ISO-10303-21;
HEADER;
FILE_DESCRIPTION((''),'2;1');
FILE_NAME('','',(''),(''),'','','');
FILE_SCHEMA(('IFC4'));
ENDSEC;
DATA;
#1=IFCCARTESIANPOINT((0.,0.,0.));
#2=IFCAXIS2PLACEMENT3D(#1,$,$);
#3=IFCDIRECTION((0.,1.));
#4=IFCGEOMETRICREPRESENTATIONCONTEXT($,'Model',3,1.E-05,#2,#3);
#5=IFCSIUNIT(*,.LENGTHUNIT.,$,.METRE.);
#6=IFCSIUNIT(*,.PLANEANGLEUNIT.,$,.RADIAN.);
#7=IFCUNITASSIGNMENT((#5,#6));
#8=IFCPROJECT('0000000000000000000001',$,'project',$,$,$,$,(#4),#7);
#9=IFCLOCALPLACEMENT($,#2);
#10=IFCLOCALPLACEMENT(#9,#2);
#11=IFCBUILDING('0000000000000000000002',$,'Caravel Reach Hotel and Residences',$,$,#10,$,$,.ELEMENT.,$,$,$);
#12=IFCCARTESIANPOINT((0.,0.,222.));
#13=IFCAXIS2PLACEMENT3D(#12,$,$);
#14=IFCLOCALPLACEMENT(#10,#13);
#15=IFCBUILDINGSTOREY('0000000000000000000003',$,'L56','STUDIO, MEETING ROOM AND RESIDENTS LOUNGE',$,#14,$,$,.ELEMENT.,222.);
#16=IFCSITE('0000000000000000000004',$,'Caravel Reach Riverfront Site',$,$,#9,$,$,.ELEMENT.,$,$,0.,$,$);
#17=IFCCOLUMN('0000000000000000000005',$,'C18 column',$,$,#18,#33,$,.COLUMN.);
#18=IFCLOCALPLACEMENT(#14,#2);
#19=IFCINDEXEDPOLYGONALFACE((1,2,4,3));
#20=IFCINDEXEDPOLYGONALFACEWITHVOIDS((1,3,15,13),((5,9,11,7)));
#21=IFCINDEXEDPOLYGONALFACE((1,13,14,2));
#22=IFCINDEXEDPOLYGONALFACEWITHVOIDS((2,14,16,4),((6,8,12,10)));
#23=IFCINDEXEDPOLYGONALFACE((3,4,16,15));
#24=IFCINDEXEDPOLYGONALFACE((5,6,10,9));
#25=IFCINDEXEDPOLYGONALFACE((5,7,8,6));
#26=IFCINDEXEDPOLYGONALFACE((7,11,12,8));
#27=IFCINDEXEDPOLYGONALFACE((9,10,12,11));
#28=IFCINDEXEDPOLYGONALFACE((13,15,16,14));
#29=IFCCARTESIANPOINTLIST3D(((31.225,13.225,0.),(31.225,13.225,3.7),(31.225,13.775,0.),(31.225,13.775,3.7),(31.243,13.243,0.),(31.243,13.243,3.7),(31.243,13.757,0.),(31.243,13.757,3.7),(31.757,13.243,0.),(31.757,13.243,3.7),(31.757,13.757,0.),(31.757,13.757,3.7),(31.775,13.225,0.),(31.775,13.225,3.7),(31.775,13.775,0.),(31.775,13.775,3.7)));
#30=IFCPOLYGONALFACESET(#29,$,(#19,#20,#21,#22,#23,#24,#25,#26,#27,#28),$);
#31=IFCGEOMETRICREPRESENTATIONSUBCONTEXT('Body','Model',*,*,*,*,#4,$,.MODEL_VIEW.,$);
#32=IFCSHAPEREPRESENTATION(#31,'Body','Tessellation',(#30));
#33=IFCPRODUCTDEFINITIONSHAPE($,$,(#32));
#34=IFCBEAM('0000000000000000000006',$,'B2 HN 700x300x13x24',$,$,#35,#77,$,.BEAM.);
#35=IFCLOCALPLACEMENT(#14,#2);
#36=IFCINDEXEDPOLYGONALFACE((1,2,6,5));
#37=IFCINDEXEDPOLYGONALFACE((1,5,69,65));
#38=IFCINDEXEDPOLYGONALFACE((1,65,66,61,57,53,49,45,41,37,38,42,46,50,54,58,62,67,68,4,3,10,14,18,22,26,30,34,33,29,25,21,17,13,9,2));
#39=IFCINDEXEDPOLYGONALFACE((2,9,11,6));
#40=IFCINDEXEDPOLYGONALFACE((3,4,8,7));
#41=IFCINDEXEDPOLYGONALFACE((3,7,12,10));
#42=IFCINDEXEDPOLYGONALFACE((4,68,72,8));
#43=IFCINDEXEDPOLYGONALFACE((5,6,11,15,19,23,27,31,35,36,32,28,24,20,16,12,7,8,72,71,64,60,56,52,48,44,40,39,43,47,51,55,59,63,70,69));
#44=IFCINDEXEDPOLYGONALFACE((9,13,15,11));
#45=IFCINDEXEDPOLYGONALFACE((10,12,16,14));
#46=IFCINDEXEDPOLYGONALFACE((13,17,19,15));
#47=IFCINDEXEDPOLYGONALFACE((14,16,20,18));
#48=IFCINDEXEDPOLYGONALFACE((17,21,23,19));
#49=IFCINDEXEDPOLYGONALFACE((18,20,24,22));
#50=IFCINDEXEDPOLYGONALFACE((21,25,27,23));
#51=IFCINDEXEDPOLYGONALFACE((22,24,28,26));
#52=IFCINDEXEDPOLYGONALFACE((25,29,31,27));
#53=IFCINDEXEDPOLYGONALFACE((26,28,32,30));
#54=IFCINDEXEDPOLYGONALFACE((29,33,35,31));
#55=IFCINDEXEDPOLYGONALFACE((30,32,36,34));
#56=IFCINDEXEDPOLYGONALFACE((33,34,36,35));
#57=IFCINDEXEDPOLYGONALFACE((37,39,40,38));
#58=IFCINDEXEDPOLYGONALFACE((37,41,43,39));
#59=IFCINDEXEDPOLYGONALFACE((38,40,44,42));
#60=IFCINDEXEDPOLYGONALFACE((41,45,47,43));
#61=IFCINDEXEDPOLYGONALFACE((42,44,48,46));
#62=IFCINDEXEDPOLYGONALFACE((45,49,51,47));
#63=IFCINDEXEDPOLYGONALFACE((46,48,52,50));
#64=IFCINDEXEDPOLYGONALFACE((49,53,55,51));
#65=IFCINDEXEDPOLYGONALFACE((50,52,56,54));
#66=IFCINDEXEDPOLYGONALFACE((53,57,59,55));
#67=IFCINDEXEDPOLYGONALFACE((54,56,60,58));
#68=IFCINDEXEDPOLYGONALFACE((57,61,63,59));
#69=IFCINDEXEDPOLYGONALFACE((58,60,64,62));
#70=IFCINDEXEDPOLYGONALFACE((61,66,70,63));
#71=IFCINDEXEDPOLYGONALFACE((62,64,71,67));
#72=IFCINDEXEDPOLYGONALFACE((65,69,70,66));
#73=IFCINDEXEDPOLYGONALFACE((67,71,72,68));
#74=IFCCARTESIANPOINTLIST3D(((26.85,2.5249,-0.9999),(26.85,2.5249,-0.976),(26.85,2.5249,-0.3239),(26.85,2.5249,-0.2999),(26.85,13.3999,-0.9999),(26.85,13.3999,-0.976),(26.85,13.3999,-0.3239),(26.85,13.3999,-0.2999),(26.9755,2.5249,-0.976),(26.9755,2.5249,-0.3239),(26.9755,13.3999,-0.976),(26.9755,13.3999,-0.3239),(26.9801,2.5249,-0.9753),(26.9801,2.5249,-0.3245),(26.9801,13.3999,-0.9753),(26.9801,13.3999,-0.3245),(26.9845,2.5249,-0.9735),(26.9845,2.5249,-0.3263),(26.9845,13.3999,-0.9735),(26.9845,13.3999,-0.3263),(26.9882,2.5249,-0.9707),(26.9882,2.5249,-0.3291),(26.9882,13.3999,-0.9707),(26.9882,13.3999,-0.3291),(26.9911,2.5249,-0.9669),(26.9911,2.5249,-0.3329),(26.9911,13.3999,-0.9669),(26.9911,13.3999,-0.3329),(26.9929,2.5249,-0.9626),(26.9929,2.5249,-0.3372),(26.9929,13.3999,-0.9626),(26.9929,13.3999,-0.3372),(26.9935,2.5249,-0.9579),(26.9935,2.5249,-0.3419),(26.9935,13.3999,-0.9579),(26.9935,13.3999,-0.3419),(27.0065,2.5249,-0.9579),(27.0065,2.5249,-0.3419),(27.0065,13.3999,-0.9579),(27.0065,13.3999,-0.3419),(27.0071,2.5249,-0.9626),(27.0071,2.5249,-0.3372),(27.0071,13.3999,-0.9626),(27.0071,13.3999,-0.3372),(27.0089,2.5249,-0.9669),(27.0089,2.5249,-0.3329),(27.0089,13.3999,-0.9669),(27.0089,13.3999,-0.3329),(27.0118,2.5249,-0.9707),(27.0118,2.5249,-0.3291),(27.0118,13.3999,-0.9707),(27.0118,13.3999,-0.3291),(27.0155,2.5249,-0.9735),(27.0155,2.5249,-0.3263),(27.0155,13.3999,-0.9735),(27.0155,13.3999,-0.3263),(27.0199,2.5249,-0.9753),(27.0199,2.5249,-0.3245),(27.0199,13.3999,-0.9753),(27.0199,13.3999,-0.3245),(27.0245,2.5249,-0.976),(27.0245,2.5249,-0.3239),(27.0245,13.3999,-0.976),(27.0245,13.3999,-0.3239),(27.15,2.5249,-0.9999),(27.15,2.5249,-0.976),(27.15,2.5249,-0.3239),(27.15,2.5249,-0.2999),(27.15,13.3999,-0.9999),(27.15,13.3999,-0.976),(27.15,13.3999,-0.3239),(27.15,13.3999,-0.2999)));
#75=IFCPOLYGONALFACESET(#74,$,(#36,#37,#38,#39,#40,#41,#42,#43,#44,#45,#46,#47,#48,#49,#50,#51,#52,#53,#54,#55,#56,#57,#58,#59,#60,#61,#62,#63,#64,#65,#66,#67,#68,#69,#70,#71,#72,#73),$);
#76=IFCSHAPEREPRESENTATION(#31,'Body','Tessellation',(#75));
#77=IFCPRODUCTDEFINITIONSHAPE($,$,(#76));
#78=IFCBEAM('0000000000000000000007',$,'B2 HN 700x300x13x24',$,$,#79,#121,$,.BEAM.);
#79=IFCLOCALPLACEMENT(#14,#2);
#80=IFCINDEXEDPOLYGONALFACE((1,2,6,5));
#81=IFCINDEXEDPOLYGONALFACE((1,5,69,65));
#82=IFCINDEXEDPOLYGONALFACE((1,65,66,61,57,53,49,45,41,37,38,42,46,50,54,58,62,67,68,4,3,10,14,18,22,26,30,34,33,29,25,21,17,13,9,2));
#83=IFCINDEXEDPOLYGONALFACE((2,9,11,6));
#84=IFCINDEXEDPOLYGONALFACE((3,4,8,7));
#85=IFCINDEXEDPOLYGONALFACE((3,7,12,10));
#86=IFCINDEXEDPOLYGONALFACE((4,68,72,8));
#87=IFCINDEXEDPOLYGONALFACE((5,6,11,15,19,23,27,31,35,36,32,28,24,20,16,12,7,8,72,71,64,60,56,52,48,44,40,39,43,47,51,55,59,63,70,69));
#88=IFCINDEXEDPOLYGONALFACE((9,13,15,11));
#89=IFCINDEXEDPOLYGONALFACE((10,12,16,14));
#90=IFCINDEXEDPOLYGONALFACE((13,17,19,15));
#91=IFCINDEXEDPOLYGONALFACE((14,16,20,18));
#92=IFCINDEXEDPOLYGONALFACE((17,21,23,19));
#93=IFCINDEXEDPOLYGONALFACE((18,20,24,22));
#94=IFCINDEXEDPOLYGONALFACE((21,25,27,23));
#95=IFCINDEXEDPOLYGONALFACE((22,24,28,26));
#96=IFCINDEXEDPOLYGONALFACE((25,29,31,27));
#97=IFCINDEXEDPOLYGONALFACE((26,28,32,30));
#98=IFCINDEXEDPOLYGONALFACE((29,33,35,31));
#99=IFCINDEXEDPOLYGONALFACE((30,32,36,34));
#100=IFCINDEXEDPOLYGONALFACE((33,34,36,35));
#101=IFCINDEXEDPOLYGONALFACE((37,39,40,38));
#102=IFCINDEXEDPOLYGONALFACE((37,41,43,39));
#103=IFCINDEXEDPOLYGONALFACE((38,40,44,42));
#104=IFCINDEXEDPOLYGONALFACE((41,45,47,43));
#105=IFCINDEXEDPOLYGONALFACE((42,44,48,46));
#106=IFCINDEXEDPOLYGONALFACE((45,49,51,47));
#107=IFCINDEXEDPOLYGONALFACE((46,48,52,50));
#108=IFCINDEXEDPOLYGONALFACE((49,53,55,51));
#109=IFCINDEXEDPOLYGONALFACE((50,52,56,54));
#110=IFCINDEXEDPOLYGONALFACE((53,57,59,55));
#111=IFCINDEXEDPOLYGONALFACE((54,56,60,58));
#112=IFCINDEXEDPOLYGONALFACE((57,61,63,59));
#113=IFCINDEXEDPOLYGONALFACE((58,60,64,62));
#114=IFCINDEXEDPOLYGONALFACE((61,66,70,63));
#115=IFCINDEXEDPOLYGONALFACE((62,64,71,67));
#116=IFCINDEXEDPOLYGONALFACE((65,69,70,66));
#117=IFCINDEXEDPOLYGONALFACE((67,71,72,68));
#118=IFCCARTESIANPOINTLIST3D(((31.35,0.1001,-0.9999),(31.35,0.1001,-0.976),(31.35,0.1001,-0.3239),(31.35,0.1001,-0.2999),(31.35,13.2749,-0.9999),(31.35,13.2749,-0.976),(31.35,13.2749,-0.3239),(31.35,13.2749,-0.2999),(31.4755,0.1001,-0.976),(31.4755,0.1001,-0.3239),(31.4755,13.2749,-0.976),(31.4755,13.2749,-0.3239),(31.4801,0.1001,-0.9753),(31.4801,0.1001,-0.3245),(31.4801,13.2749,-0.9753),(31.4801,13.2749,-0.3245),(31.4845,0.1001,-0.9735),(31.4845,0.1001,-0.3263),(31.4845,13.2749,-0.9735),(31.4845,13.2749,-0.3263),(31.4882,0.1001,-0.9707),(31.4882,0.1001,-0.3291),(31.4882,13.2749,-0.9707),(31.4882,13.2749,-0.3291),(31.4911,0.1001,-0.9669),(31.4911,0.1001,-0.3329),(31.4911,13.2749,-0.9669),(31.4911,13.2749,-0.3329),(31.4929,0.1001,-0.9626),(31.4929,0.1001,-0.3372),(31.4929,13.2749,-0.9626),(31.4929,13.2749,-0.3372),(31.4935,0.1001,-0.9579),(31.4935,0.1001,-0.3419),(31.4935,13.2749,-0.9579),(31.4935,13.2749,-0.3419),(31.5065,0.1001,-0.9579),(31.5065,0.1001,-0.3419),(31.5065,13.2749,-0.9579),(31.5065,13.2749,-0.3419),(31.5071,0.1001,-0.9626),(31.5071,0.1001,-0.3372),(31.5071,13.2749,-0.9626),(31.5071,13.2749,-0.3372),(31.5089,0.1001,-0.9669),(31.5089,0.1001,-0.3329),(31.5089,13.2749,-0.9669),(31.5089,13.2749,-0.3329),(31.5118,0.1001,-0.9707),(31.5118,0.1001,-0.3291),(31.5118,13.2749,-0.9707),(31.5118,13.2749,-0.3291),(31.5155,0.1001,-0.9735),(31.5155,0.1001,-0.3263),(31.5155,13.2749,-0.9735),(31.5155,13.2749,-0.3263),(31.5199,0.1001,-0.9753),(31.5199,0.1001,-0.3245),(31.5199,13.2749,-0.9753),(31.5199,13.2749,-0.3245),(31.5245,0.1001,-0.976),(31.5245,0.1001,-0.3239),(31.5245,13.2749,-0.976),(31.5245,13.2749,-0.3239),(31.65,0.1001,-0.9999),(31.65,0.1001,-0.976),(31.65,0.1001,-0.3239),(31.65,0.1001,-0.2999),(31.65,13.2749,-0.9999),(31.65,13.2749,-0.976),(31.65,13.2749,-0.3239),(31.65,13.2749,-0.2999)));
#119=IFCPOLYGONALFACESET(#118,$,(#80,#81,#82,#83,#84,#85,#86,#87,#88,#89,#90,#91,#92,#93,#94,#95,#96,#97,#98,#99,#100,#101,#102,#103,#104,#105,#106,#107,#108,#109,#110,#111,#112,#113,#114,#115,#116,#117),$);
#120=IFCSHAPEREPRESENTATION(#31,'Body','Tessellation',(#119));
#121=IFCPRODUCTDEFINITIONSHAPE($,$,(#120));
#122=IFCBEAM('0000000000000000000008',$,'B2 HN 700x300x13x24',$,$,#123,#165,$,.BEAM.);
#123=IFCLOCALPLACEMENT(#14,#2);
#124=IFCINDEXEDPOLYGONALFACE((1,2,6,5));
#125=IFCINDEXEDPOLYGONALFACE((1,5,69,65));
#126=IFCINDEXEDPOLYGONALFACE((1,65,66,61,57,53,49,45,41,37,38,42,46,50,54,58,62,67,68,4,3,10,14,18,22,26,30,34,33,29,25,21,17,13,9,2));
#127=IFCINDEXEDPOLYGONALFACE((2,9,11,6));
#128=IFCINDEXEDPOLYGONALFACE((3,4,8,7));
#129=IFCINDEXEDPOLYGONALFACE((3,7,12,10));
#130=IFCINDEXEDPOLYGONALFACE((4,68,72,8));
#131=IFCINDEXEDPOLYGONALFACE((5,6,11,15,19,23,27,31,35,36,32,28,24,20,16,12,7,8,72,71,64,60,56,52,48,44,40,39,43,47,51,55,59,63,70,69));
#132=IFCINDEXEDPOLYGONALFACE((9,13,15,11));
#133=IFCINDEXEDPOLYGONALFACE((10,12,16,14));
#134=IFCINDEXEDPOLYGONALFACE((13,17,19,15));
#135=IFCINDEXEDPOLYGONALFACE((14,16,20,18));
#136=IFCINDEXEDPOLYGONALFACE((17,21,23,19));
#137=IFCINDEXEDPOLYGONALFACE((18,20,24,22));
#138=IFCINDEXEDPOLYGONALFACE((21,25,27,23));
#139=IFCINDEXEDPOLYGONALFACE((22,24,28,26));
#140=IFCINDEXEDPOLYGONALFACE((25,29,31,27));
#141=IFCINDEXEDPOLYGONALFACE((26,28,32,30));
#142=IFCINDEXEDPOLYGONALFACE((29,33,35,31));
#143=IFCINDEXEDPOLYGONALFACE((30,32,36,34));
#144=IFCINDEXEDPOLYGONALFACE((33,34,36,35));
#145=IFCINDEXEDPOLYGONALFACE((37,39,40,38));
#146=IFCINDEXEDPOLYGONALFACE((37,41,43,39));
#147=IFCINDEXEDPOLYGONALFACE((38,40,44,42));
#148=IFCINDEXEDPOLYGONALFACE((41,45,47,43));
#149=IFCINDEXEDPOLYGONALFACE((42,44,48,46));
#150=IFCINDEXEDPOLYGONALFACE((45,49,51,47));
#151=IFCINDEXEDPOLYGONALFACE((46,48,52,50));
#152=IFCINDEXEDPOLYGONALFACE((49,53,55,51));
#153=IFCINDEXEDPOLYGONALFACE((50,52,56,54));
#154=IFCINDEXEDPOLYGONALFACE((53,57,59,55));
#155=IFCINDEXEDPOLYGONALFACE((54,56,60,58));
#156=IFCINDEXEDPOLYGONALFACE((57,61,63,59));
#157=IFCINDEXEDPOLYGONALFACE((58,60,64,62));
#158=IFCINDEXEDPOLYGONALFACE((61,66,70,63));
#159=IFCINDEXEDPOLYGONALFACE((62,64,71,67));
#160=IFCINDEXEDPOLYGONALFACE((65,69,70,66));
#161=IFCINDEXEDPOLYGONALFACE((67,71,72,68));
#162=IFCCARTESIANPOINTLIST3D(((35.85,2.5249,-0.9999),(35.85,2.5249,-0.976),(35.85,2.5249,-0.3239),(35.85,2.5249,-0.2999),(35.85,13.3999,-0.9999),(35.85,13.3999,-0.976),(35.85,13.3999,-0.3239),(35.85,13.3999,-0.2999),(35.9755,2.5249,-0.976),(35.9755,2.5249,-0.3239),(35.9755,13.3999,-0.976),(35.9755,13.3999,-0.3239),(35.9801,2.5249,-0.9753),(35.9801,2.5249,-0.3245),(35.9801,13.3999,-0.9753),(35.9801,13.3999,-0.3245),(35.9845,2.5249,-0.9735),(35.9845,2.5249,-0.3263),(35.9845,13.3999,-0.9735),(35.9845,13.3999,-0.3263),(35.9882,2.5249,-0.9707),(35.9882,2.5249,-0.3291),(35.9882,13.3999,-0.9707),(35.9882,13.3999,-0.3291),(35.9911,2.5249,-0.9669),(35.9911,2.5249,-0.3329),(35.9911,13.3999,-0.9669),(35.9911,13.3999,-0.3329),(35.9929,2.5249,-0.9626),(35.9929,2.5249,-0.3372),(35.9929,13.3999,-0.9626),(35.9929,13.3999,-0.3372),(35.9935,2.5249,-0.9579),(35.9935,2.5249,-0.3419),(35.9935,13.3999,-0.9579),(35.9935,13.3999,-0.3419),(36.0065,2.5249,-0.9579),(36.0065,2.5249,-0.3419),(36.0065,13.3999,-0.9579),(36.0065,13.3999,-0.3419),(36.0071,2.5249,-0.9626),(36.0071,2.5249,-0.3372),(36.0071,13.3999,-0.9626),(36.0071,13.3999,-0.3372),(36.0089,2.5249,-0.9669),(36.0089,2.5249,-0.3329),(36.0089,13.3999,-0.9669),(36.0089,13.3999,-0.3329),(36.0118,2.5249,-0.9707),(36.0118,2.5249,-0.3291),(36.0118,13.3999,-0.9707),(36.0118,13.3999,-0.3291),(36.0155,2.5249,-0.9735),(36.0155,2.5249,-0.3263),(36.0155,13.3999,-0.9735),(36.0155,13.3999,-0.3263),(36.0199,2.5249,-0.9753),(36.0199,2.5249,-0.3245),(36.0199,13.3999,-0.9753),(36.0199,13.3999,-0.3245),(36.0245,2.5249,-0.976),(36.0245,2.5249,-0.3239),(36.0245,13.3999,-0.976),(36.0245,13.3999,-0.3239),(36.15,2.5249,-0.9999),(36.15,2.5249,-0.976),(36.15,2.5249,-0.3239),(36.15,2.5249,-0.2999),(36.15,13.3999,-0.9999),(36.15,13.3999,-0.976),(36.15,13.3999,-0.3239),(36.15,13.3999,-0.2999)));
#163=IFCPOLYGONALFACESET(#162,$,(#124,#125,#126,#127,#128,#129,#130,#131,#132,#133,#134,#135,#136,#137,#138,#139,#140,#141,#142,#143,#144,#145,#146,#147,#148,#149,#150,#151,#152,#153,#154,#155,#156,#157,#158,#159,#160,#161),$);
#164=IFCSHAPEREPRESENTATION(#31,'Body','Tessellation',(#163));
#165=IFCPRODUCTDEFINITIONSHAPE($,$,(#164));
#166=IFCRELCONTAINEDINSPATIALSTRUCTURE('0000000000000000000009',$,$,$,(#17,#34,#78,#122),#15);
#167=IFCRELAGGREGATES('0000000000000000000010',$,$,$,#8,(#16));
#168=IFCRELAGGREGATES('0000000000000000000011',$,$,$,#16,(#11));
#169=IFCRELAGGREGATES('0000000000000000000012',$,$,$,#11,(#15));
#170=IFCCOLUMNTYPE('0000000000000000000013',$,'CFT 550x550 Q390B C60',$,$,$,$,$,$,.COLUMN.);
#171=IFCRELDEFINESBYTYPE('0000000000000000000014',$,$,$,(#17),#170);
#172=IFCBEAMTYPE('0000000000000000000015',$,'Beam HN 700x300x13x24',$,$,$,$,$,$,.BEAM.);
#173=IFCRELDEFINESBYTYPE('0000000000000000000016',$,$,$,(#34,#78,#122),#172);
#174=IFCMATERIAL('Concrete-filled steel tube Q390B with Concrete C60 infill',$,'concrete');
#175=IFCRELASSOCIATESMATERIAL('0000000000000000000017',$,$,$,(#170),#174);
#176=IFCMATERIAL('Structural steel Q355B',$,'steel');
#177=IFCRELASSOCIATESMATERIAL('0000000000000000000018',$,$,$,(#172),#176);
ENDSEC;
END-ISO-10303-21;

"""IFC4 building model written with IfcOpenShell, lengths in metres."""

from ifc_helpers import new_model, si_unit, direction, frame, origin, origin_2d, place, context, subcontext, project, spatial, hollow_rectangle, i_section, extrude, material, material_profile, profile_set, type_object, element, save


model = new_model("IFC4")

# Units and contexts
model_context = context("Model", 3, precision=1e-05, world=origin(), true_north=direction((0.0, 1.0)))
body_context = subcontext(model_context, "Body", "Model", "MODEL_VIEW")
ifc_project = project(units=[si_unit("LENGTHUNIT", "METRE"), si_unit("PLANEANGLEUNIT", "RADIAN")], contexts=[model_context])

# Site, building, storey
site_placement = place(None, origin())
site = spatial("IfcSite", under=ifc_project, at=site_placement, Name="Caravel Reach Riverfront Site", CompositionType="ELEMENT", RefElevation=0.0)
building_placement = place(site_placement, origin())
building = spatial("IfcBuilding", under=site, at=building_placement, Name="Caravel Reach Hotel and Residences", CompositionType="ELEMENT")
storey_placement = place(building_placement, frame((0.0, 0.0, 222.0)))
storey = spatial("IfcBuildingStorey", under=building, at=storey_placement, Name="L56", Description="STUDIO, MEETING ROOM AND RESIDENTS LOUNGE", CompositionType="ELEMENT", Elevation=222.0)

# Column
ifc_material_1 = material(Name="Concrete-filled steel tube Q390B with Concrete C60 infill", Category="concrete")
ifc_material_profile_1 = material_profile(ifc_material_1, hollow_rectangle(XDim=0.55, YDim=0.55, WallThickness=0.0181, at=origin_2d()), Name="RHS 550x550x18")
ifc_profile_set_1 = profile_set([ifc_material_profile_1], Name="Concrete-filled steel tube Q390B with Concrete C60 infill")
column_type = type_object("IfcColumnType", Name="CFT 550x550 Q390B C60", PredefinedType="COLUMN", material=ifc_profile_set_1)
column_placement = place(storey_placement, frame((31.5, 13.5, 0.0), z_axis=(0.0, 0.0, 1.0), x_axis=(1.0, 0.0, 0.0)))
element("IfcColumn", 1, at=column_placement, inside=storey, type_object=column_type, Name="C18 column", PredefinedType="COLUMN", context=body_context, shape_type="SweptSolid", body=[
    extrude(hollow_rectangle(XDim=0.55, YDim=0.55, WallThickness=0.0181, at=origin_2d()), origin(), (0.0, 0.0, 1.0), 3.7),
])

# Beams
ifc_material_2 = material(Name="Structural steel Q355B", Category="steel")
ifc_material_profile_2 = material_profile(ifc_material_2, i_section(OverallWidth=0.3, OverallDepth=0.7, WebThickness=0.0129, FlangeThickness=0.0239, FilletRadius=0.0181, at=origin_2d()), Name="HN 700x300x13x24")
ifc_profile_set_2 = profile_set([ifc_material_profile_2], Name="Structural steel Q355B")
beam_type_1 = type_object("IfcBeamType", Name="Beam HN 700x300x13x24", PredefinedType="BEAM", material=ifc_profile_set_2)
beam_1_placement = place(storey_placement, frame((27.0, 13.3999, -0.6499), z_axis=(0.0, -1.0, 0.0), x_axis=(1.0, 0.0, 0.0)))
element("IfcBeam", 2, at=beam_1_placement, inside=storey, type_object=beam_type_1, Name="B2 HN 700x300x13x24", PredefinedType="BEAM", context=body_context, shape_type="SweptSolid", body=[
    extrude(i_section(OverallWidth=0.3, OverallDepth=0.7, WebThickness=0.0129, FlangeThickness=0.0239, FilletRadius=0.0181, at=origin_2d()), origin(), (0.0, 0.0, 1.0), 10.875),
])
beam_2_placement = place(storey_placement, frame((31.5, 13.2749, -0.6499), z_axis=(0.0, -1.0, 0.0), x_axis=(1.0, 0.0, 0.0)))
element("IfcBeam", 3, at=beam_2_placement, inside=storey, type_object=beam_type_1, Name="B2 HN 700x300x13x24", PredefinedType="BEAM", context=body_context, shape_type="SweptSolid", body=[
    extrude(i_section(OverallWidth=0.3, OverallDepth=0.7, WebThickness=0.0129, FlangeThickness=0.0239, FilletRadius=0.0181, at=origin_2d()), origin(), (0.0, 0.0, 1.0), 13.1748),
])
beam_3_placement = place(storey_placement, frame((36.0, 13.3999, -0.6499), z_axis=(0.0, -1.0, 0.0), x_axis=(1.0, 0.0, 0.0)))
element("IfcBeam", 4, at=beam_3_placement, inside=storey, type_object=beam_type_1, Name="B2 HN 700x300x13x24", PredefinedType="BEAM", context=body_context, shape_type="SweptSolid", body=[
    extrude(i_section(OverallWidth=0.3, OverallDepth=0.7, WebThickness=0.0129, FlangeThickness=0.0239, FilletRadius=0.0181, at=origin_2d()), origin(), (0.0, 0.0, 1.0), 10.875),
])

save(model, "model.ifc")
